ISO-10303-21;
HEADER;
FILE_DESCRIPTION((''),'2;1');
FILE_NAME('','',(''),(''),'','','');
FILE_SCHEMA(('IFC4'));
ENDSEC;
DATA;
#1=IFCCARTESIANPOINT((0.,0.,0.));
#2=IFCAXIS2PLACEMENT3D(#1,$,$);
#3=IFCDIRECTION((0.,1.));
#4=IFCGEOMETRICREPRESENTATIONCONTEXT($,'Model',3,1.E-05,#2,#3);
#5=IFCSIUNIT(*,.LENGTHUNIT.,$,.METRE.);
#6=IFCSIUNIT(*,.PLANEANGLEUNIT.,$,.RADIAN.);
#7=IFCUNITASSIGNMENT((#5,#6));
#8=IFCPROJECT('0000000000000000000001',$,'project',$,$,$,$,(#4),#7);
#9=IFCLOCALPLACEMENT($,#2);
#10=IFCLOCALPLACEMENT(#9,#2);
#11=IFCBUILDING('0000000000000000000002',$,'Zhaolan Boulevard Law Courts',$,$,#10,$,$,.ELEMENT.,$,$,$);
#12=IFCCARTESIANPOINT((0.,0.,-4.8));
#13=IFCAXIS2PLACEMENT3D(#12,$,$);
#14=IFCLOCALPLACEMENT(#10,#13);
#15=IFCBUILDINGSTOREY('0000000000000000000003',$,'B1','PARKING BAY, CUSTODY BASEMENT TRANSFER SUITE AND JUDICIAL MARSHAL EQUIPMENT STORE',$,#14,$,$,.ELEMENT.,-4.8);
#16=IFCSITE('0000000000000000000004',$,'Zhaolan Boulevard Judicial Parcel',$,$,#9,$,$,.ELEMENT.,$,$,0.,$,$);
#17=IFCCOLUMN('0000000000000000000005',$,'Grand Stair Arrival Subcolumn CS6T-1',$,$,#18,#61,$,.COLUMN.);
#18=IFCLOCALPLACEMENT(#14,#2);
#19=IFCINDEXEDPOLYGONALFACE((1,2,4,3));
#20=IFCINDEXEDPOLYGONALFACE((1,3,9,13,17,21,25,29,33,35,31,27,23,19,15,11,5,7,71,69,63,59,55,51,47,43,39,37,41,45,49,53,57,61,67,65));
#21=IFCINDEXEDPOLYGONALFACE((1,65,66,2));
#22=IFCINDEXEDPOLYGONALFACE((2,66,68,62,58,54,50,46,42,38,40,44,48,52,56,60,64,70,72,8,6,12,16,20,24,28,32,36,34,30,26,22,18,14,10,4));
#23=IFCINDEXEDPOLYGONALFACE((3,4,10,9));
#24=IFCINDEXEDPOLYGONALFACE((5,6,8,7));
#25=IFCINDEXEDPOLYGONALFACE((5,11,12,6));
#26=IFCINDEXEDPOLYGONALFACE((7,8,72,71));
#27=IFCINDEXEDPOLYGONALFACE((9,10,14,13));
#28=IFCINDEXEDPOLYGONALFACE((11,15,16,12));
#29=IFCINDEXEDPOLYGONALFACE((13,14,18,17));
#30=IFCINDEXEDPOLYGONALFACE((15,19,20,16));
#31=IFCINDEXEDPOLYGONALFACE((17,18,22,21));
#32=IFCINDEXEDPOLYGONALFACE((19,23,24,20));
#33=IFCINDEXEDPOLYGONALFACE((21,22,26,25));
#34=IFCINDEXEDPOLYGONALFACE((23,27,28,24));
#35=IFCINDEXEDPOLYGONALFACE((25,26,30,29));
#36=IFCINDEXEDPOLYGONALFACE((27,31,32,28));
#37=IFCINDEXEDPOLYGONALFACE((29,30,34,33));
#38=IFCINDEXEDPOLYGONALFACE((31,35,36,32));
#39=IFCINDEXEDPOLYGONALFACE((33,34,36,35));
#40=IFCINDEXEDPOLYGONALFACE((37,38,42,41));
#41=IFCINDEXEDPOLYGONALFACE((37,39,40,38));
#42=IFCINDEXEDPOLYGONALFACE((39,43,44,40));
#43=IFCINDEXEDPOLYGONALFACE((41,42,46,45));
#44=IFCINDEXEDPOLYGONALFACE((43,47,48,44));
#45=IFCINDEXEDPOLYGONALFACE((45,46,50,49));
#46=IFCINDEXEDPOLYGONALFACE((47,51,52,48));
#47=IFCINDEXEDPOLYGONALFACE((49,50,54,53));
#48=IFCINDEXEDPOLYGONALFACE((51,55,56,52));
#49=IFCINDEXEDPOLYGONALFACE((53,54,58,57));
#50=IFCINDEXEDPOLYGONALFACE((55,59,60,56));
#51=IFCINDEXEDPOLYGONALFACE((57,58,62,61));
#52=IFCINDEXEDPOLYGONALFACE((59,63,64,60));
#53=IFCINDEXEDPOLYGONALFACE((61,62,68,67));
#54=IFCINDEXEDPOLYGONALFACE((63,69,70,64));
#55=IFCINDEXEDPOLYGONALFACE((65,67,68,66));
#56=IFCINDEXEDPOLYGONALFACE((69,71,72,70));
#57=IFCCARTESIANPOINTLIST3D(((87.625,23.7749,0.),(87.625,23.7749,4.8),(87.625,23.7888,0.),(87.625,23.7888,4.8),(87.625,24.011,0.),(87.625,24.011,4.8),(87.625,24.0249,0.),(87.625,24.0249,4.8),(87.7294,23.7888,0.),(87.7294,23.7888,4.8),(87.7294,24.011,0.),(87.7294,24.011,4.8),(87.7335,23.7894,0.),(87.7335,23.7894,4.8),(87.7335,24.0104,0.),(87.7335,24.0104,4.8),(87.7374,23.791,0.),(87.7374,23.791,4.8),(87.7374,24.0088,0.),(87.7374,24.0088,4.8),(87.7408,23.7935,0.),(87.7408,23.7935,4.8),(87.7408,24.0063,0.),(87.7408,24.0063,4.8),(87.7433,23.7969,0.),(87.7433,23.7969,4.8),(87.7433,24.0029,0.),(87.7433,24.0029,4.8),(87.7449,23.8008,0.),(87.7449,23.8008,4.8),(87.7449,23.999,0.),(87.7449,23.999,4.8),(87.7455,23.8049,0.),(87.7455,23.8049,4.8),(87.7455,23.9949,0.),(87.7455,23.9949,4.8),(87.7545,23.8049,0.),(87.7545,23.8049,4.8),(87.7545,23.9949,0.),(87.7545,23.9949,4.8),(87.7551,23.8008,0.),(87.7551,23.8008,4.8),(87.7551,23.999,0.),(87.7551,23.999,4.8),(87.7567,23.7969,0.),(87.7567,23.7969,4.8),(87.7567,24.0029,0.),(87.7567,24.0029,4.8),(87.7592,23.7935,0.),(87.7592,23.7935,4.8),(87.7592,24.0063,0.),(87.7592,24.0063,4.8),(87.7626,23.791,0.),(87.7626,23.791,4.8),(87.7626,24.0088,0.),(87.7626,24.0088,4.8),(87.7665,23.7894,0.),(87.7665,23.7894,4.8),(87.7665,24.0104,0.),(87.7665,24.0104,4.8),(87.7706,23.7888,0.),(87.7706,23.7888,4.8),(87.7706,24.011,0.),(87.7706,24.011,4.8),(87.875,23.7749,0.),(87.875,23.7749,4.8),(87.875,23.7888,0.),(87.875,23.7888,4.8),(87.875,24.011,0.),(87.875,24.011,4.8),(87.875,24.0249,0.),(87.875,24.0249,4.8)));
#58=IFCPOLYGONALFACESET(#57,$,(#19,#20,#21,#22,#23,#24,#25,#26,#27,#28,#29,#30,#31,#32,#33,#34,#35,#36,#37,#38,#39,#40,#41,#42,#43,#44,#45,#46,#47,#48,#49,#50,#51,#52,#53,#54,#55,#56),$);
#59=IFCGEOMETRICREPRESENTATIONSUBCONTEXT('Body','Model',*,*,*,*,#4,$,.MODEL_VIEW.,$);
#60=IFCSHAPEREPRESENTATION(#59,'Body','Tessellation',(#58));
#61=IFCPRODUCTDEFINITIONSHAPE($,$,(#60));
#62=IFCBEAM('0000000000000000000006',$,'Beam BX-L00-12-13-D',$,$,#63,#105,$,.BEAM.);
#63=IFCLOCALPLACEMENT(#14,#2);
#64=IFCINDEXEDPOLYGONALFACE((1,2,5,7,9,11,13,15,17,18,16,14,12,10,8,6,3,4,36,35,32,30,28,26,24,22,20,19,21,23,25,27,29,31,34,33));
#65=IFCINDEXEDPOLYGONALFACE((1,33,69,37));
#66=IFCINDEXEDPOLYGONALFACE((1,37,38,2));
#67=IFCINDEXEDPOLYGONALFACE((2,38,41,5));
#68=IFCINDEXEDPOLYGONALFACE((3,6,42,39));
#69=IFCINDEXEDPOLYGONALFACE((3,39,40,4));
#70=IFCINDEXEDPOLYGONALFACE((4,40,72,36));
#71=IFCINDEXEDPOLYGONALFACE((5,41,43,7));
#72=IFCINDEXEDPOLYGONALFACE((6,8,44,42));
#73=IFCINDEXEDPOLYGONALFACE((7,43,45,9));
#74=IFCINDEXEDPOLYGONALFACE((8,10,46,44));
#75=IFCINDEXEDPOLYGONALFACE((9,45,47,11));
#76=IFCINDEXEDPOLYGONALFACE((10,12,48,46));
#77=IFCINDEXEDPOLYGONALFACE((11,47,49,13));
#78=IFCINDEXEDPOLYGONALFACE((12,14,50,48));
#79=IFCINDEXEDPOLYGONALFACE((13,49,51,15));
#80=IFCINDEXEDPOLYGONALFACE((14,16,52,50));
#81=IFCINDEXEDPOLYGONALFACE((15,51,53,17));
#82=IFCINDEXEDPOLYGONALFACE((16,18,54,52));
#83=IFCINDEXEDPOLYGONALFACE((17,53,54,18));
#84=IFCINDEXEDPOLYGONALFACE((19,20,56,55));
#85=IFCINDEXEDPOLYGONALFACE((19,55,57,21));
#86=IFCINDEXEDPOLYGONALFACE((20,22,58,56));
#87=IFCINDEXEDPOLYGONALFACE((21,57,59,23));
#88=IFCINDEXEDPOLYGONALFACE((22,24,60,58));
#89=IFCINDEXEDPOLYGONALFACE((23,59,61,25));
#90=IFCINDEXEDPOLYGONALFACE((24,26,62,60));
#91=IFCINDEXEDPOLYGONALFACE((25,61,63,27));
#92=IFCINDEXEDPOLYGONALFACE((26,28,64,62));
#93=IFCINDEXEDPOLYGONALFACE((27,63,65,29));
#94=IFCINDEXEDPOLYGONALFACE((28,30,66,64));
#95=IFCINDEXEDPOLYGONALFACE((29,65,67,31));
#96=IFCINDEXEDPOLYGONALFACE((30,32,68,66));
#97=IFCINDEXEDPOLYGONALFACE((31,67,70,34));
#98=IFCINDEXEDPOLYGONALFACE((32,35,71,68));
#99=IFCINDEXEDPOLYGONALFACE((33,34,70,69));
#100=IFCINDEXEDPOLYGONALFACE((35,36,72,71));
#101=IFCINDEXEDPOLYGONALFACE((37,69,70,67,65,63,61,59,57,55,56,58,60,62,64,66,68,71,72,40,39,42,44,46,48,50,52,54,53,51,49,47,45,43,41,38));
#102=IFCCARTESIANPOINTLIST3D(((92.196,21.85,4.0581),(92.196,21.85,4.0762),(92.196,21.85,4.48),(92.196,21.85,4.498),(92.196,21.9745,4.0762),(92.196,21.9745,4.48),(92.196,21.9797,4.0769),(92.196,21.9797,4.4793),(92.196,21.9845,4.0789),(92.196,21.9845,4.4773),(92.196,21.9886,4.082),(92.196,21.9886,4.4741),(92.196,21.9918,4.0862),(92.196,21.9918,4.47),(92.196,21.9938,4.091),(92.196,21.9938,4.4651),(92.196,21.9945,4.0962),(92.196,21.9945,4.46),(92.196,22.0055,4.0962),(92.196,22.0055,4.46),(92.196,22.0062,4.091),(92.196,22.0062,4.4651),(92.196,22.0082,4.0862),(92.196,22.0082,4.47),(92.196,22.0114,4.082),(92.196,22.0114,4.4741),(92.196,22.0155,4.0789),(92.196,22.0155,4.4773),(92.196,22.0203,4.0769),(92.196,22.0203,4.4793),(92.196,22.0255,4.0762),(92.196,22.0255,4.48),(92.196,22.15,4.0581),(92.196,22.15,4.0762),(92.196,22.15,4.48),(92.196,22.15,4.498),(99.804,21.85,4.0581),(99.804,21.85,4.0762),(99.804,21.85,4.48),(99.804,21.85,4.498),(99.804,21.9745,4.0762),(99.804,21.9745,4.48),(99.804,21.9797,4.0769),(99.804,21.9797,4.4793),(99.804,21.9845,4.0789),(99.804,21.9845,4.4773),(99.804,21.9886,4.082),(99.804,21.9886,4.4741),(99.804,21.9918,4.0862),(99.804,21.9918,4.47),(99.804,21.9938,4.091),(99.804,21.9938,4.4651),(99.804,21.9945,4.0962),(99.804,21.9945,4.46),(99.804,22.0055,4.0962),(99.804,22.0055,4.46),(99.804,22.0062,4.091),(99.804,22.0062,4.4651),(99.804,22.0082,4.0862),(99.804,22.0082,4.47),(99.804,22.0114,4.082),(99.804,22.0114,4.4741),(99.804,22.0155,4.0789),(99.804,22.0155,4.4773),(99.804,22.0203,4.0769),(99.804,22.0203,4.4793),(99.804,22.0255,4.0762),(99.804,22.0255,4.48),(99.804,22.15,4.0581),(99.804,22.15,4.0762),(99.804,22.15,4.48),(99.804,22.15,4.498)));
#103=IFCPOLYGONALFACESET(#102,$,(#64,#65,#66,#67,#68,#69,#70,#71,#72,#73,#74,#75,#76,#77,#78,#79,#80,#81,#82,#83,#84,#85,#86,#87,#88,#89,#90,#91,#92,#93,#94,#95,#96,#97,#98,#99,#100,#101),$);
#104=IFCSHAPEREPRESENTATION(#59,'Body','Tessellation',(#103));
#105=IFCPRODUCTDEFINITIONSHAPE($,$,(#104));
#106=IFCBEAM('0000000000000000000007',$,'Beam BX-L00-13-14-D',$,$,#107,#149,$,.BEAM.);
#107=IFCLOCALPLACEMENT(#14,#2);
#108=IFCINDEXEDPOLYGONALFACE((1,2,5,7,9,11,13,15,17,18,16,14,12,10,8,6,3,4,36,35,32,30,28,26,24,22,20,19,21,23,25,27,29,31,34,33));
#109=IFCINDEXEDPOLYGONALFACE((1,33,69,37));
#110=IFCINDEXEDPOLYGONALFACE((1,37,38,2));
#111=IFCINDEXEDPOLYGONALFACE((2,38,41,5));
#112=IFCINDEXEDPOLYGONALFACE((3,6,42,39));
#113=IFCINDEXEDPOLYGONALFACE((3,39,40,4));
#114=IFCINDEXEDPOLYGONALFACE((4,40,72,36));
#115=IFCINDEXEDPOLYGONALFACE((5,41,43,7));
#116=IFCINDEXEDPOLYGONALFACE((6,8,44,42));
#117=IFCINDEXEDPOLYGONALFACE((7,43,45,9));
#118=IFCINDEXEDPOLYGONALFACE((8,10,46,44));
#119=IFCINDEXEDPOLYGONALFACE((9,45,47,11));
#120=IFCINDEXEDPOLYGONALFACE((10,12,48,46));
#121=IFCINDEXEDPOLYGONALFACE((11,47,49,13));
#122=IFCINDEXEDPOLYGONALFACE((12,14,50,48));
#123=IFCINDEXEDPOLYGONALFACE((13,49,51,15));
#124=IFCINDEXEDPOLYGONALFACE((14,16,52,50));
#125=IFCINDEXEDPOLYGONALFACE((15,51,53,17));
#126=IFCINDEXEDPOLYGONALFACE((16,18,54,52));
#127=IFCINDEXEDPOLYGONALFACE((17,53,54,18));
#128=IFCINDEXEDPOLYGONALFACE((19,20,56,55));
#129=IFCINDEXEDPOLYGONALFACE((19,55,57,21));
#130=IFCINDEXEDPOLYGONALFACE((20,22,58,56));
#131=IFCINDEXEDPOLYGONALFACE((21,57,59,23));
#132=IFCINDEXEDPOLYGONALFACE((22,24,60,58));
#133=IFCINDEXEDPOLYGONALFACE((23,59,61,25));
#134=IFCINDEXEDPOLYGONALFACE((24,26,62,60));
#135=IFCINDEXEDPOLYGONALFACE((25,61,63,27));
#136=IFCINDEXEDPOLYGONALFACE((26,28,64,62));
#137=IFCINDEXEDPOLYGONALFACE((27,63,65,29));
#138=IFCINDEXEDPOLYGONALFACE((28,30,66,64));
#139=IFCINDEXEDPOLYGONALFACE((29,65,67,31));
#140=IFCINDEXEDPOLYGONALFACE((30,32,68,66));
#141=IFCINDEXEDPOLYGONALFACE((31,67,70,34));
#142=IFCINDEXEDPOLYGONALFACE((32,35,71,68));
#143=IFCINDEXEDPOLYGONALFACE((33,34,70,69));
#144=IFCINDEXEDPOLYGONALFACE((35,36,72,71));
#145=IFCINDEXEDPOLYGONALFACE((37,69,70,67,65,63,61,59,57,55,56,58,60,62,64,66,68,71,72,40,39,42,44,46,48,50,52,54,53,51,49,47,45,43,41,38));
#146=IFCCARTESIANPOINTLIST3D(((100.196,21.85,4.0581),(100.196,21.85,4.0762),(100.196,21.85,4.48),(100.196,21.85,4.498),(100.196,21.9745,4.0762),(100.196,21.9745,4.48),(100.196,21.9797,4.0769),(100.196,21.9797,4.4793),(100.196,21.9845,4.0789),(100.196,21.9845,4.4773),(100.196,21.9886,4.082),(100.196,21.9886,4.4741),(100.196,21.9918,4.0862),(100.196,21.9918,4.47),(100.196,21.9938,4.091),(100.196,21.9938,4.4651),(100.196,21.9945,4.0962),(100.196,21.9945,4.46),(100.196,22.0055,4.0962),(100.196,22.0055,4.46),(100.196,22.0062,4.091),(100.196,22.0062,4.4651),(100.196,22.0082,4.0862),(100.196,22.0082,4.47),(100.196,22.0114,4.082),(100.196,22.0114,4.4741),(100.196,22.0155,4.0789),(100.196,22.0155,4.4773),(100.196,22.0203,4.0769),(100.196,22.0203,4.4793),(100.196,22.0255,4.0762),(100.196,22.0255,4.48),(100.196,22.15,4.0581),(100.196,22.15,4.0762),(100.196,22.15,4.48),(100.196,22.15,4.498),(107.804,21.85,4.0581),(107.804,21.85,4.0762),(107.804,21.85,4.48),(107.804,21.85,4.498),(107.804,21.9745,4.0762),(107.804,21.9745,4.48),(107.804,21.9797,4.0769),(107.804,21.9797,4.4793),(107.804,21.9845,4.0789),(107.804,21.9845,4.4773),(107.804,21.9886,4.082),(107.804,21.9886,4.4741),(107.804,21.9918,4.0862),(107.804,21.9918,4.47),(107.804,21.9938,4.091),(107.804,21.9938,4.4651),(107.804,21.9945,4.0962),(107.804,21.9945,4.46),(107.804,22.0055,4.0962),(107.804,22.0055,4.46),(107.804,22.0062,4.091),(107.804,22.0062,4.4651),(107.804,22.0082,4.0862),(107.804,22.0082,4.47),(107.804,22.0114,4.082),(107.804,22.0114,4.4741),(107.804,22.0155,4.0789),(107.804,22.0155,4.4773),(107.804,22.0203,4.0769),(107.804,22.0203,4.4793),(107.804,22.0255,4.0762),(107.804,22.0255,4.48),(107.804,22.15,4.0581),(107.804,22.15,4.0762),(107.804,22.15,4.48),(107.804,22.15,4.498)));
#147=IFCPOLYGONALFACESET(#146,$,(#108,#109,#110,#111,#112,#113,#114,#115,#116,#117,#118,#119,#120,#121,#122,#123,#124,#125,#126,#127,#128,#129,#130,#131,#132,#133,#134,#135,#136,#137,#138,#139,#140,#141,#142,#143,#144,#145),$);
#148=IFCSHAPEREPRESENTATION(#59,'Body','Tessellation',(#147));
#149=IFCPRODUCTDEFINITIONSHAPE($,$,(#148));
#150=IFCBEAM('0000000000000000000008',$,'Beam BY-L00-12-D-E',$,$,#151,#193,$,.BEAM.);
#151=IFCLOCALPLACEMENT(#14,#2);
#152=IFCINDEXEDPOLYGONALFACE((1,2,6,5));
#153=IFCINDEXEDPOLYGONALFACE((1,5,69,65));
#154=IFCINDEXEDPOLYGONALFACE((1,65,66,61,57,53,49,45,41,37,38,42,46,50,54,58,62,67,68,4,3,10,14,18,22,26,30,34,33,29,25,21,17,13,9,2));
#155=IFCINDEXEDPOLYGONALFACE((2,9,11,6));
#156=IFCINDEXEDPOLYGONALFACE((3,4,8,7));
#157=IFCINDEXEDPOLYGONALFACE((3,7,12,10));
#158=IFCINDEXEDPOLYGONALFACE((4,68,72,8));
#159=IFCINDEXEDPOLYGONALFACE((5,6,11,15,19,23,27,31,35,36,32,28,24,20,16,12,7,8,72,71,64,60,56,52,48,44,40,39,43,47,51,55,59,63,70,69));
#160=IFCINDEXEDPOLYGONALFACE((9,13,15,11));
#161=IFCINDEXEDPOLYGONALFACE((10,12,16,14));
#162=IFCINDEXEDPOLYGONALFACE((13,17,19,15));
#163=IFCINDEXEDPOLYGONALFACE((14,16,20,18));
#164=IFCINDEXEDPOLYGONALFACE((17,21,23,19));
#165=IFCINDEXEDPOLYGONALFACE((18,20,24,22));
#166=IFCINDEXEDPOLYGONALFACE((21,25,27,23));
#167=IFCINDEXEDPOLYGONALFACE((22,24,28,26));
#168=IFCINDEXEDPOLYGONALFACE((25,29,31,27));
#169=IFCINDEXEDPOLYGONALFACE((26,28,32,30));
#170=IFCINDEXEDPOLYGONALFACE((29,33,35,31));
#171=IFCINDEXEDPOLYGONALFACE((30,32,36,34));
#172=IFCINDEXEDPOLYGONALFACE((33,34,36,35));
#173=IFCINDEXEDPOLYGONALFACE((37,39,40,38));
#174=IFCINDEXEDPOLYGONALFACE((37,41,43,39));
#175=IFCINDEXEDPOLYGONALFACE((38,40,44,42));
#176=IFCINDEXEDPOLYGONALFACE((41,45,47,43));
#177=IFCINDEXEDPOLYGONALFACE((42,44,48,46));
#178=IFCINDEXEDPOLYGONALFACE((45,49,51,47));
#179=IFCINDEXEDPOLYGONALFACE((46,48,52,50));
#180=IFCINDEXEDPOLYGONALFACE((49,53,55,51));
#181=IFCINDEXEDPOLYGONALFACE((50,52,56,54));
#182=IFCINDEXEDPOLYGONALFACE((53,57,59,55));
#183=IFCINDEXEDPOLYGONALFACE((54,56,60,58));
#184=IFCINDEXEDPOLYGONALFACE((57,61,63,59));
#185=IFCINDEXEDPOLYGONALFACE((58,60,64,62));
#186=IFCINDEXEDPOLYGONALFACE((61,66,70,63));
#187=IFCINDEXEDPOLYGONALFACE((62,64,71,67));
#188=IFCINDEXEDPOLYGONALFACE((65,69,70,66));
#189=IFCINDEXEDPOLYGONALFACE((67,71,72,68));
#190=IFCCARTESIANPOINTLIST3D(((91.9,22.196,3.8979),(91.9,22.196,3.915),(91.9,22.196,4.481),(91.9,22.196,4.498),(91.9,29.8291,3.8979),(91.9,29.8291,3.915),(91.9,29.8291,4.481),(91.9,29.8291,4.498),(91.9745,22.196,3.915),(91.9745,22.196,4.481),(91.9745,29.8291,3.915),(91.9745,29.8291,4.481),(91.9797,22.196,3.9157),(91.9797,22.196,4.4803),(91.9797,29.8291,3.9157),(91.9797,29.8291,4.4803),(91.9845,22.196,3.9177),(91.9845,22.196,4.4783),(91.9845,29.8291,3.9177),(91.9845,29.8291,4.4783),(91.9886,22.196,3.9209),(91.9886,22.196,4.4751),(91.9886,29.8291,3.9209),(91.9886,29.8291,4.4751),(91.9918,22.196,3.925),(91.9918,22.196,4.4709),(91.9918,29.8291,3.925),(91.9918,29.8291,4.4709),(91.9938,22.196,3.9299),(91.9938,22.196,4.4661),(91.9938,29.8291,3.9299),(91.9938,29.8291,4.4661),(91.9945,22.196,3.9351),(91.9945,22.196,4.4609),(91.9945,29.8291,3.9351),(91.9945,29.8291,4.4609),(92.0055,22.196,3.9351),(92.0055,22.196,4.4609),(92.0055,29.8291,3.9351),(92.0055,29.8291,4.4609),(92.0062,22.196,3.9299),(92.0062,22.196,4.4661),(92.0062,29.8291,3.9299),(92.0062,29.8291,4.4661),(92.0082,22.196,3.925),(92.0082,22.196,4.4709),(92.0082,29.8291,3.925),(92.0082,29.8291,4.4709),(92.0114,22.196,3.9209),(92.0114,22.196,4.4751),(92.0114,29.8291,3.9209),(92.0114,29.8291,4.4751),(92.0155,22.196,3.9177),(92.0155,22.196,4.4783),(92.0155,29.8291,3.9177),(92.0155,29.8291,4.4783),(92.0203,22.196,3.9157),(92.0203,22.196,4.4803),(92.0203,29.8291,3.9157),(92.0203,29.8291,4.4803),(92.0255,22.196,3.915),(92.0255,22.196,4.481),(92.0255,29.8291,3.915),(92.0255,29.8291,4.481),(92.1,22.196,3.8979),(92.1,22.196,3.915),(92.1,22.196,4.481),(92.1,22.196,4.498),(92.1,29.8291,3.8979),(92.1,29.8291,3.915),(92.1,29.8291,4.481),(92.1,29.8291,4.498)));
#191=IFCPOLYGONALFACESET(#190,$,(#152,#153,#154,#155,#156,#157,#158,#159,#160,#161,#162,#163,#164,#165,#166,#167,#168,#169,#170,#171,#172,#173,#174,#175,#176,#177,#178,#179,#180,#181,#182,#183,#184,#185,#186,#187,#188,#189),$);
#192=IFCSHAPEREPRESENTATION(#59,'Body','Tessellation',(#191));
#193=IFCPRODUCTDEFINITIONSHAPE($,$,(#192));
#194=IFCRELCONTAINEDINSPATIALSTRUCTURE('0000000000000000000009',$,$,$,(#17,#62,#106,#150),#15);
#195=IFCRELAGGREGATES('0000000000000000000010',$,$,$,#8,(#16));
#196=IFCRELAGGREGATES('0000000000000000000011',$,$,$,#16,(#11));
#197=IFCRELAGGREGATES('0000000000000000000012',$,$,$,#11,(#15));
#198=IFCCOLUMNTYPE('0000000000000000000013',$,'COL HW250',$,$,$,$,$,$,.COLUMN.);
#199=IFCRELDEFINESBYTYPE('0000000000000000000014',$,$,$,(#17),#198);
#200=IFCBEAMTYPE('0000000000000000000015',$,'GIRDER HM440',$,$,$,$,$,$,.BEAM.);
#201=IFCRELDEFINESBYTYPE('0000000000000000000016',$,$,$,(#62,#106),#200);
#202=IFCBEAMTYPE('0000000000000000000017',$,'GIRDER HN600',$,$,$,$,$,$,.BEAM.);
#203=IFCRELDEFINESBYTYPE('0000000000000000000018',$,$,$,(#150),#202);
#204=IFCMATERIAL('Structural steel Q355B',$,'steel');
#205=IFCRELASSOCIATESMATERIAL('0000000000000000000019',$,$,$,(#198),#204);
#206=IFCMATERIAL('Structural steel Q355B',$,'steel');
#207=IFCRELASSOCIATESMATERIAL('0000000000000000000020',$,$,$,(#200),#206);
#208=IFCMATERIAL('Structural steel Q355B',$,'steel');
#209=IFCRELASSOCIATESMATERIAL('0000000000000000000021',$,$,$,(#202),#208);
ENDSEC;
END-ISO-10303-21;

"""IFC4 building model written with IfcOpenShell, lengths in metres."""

from ifc_helpers import new_model, si_unit, direction, frame, origin, origin_2d, place, context, subcontext, project, spatial, i_section, extrude, material, material_profile, profile_set, type_object, element, save


model = new_model("IFC4")

# Units and contexts
model_context = context("Model", 3, precision=1e-05, world=origin(), true_north=direction((0.0, 1.0)))
body_context = subcontext(model_context, "Body", "Model", "MODEL_VIEW")
ifc_project = project(units=[si_unit("LENGTHUNIT", "METRE"), si_unit("PLANEANGLEUNIT", "RADIAN")], contexts=[model_context])

# Site, building, storey
site_placement = place(None, origin())
site = spatial("IfcSite", under=ifc_project, at=site_placement, Name="Zhaolan Boulevard Judicial Parcel", CompositionType="ELEMENT", RefElevation=0.0)
building_placement = place(site_placement, origin())
building = spatial("IfcBuilding", under=site, at=building_placement, Name="Zhaolan Boulevard Law Courts", CompositionType="ELEMENT")
storey_placement = place(building_placement, frame((0.0, 0.0, -4.8)))
storey = spatial("IfcBuildingStorey", under=building, at=storey_placement, Name="B1", Description="PARKING BAY, CUSTODY BASEMENT TRANSFER SUITE AND JUDICIAL MARSHAL EQUIPMENT STORE", CompositionType="ELEMENT", Elevation=-4.8)

# Column
ifc_material_1 = material(Name="Structural steel Q355B", Category="steel")
ifc_material_profile_1 = material_profile(ifc_material_1, i_section(OverallWidth=0.25, OverallDepth=0.25, WebThickness=0.009, FlangeThickness=0.0139, FilletRadius=0.0161, at=origin_2d()), Name="HW250x250")
ifc_profile_set_1 = profile_set([ifc_material_profile_1], Name="Structural steel Q355B")
column_type_1 = type_object("IfcColumnType", Name="COL HW250", PredefinedType="COLUMN", material=ifc_profile_set_1)
column_placement = place(storey_placement, frame((87.75, 23.8999, 0.0), z_axis=(0.0, 0.0, 1.0), x_axis=(1.0, 0.0, 0.0)))
element("IfcColumn", 1, at=column_placement, inside=storey, type_object=column_type_1, Name="Grand Stair Arrival Subcolumn CS6T-1", PredefinedType="COLUMN", context=body_context, shape_type="SweptSolid", body=[
    extrude(i_section(OverallWidth=0.25, OverallDepth=0.25, WebThickness=0.009, FlangeThickness=0.0139, FilletRadius=0.0161, at=origin_2d()), origin(), (0.0, 0.0, 1.0), 4.8),
])

# Beams
ifc_material_2 = material(Name="Structural steel Q355B", Category="steel")
ifc_material_profile_2 = material_profile(ifc_material_2, i_section(OverallWidth=0.3, OverallDepth=0.4399, WebThickness=0.011, FlangeThickness=0.0181, FilletRadius=0.02, at=origin_2d()), Name="HM440x300")
ifc_profile_set_2 = profile_set([ifc_material_profile_2], Name="Structural steel Q355B")
beam_type_1 = type_object("IfcBeamType", Name="GIRDER HM440", PredefinedType="BEAM", material=ifc_profile_set_2)
for number, where, z_axis, x_axis, name in (
    (2, (92.196, 22.0, 4.2781), (1.0, 0.0, 0.0), (0.0, 1.0, 0.0), "Beam BX-L00-12-13-D"),
    (3, (100.196, 22.0, 4.2781), (1.0, 0.0, 0.0), (0.0, 1.0, 0.0), "Beam BX-L00-13-14-D"),
):
    element("IfcBeam", number, at=place(storey_placement, frame(where, z_axis=z_axis, x_axis=x_axis)), inside=storey, type_object=beam_type_1, Name=name, PredefinedType="BEAM", context=body_context, shape_type="SweptSolid", body=[
        extrude(i_section(OverallWidth=0.3, OverallDepth=0.4399, WebThickness=0.011, FlangeThickness=0.0181, FilletRadius=0.02, at=origin_2d()), origin(), (0.0, 0.0, 1.0), 7.6079),
    ])
ifc_material_3 = material(Name="Structural steel Q355B", Category="steel")
ifc_material_profile_3 = material_profile(ifc_material_3, i_section(OverallWidth=0.2, OverallDepth=0.6001, WebThickness=0.011, FlangeThickness=0.0171, FilletRadius=0.02, at=origin_2d()), Name="HN600x200")
ifc_profile_set_3 = profile_set([ifc_material_profile_3], Name="Structural steel Q355B")
beam_type_2 = type_object("IfcBeamType", Name="GIRDER HN600", PredefinedType="BEAM", material=ifc_profile_set_3)
for number, where, z_axis, x_axis, name in (
    (4, (92.0, 22.196, 4.198), (0.0, 1.0, 0.0), (-1.0, 0.0, 0.0), "Beam BY-L00-12-D-E"),
):
    element("IfcBeam", number, at=place(storey_placement, frame(where, z_axis=z_axis, x_axis=x_axis)), inside=storey, type_object=beam_type_2, Name=name, PredefinedType="BEAM", context=body_context, shape_type="SweptSolid", body=[
        extrude(i_section(OverallWidth=0.2, OverallDepth=0.6001, WebThickness=0.011, FlangeThickness=0.0171, FilletRadius=0.02, at=origin_2d()), origin(), (0.0, 0.0, 1.0), 7.6331),
    ])

save(model, "model.ifc")
